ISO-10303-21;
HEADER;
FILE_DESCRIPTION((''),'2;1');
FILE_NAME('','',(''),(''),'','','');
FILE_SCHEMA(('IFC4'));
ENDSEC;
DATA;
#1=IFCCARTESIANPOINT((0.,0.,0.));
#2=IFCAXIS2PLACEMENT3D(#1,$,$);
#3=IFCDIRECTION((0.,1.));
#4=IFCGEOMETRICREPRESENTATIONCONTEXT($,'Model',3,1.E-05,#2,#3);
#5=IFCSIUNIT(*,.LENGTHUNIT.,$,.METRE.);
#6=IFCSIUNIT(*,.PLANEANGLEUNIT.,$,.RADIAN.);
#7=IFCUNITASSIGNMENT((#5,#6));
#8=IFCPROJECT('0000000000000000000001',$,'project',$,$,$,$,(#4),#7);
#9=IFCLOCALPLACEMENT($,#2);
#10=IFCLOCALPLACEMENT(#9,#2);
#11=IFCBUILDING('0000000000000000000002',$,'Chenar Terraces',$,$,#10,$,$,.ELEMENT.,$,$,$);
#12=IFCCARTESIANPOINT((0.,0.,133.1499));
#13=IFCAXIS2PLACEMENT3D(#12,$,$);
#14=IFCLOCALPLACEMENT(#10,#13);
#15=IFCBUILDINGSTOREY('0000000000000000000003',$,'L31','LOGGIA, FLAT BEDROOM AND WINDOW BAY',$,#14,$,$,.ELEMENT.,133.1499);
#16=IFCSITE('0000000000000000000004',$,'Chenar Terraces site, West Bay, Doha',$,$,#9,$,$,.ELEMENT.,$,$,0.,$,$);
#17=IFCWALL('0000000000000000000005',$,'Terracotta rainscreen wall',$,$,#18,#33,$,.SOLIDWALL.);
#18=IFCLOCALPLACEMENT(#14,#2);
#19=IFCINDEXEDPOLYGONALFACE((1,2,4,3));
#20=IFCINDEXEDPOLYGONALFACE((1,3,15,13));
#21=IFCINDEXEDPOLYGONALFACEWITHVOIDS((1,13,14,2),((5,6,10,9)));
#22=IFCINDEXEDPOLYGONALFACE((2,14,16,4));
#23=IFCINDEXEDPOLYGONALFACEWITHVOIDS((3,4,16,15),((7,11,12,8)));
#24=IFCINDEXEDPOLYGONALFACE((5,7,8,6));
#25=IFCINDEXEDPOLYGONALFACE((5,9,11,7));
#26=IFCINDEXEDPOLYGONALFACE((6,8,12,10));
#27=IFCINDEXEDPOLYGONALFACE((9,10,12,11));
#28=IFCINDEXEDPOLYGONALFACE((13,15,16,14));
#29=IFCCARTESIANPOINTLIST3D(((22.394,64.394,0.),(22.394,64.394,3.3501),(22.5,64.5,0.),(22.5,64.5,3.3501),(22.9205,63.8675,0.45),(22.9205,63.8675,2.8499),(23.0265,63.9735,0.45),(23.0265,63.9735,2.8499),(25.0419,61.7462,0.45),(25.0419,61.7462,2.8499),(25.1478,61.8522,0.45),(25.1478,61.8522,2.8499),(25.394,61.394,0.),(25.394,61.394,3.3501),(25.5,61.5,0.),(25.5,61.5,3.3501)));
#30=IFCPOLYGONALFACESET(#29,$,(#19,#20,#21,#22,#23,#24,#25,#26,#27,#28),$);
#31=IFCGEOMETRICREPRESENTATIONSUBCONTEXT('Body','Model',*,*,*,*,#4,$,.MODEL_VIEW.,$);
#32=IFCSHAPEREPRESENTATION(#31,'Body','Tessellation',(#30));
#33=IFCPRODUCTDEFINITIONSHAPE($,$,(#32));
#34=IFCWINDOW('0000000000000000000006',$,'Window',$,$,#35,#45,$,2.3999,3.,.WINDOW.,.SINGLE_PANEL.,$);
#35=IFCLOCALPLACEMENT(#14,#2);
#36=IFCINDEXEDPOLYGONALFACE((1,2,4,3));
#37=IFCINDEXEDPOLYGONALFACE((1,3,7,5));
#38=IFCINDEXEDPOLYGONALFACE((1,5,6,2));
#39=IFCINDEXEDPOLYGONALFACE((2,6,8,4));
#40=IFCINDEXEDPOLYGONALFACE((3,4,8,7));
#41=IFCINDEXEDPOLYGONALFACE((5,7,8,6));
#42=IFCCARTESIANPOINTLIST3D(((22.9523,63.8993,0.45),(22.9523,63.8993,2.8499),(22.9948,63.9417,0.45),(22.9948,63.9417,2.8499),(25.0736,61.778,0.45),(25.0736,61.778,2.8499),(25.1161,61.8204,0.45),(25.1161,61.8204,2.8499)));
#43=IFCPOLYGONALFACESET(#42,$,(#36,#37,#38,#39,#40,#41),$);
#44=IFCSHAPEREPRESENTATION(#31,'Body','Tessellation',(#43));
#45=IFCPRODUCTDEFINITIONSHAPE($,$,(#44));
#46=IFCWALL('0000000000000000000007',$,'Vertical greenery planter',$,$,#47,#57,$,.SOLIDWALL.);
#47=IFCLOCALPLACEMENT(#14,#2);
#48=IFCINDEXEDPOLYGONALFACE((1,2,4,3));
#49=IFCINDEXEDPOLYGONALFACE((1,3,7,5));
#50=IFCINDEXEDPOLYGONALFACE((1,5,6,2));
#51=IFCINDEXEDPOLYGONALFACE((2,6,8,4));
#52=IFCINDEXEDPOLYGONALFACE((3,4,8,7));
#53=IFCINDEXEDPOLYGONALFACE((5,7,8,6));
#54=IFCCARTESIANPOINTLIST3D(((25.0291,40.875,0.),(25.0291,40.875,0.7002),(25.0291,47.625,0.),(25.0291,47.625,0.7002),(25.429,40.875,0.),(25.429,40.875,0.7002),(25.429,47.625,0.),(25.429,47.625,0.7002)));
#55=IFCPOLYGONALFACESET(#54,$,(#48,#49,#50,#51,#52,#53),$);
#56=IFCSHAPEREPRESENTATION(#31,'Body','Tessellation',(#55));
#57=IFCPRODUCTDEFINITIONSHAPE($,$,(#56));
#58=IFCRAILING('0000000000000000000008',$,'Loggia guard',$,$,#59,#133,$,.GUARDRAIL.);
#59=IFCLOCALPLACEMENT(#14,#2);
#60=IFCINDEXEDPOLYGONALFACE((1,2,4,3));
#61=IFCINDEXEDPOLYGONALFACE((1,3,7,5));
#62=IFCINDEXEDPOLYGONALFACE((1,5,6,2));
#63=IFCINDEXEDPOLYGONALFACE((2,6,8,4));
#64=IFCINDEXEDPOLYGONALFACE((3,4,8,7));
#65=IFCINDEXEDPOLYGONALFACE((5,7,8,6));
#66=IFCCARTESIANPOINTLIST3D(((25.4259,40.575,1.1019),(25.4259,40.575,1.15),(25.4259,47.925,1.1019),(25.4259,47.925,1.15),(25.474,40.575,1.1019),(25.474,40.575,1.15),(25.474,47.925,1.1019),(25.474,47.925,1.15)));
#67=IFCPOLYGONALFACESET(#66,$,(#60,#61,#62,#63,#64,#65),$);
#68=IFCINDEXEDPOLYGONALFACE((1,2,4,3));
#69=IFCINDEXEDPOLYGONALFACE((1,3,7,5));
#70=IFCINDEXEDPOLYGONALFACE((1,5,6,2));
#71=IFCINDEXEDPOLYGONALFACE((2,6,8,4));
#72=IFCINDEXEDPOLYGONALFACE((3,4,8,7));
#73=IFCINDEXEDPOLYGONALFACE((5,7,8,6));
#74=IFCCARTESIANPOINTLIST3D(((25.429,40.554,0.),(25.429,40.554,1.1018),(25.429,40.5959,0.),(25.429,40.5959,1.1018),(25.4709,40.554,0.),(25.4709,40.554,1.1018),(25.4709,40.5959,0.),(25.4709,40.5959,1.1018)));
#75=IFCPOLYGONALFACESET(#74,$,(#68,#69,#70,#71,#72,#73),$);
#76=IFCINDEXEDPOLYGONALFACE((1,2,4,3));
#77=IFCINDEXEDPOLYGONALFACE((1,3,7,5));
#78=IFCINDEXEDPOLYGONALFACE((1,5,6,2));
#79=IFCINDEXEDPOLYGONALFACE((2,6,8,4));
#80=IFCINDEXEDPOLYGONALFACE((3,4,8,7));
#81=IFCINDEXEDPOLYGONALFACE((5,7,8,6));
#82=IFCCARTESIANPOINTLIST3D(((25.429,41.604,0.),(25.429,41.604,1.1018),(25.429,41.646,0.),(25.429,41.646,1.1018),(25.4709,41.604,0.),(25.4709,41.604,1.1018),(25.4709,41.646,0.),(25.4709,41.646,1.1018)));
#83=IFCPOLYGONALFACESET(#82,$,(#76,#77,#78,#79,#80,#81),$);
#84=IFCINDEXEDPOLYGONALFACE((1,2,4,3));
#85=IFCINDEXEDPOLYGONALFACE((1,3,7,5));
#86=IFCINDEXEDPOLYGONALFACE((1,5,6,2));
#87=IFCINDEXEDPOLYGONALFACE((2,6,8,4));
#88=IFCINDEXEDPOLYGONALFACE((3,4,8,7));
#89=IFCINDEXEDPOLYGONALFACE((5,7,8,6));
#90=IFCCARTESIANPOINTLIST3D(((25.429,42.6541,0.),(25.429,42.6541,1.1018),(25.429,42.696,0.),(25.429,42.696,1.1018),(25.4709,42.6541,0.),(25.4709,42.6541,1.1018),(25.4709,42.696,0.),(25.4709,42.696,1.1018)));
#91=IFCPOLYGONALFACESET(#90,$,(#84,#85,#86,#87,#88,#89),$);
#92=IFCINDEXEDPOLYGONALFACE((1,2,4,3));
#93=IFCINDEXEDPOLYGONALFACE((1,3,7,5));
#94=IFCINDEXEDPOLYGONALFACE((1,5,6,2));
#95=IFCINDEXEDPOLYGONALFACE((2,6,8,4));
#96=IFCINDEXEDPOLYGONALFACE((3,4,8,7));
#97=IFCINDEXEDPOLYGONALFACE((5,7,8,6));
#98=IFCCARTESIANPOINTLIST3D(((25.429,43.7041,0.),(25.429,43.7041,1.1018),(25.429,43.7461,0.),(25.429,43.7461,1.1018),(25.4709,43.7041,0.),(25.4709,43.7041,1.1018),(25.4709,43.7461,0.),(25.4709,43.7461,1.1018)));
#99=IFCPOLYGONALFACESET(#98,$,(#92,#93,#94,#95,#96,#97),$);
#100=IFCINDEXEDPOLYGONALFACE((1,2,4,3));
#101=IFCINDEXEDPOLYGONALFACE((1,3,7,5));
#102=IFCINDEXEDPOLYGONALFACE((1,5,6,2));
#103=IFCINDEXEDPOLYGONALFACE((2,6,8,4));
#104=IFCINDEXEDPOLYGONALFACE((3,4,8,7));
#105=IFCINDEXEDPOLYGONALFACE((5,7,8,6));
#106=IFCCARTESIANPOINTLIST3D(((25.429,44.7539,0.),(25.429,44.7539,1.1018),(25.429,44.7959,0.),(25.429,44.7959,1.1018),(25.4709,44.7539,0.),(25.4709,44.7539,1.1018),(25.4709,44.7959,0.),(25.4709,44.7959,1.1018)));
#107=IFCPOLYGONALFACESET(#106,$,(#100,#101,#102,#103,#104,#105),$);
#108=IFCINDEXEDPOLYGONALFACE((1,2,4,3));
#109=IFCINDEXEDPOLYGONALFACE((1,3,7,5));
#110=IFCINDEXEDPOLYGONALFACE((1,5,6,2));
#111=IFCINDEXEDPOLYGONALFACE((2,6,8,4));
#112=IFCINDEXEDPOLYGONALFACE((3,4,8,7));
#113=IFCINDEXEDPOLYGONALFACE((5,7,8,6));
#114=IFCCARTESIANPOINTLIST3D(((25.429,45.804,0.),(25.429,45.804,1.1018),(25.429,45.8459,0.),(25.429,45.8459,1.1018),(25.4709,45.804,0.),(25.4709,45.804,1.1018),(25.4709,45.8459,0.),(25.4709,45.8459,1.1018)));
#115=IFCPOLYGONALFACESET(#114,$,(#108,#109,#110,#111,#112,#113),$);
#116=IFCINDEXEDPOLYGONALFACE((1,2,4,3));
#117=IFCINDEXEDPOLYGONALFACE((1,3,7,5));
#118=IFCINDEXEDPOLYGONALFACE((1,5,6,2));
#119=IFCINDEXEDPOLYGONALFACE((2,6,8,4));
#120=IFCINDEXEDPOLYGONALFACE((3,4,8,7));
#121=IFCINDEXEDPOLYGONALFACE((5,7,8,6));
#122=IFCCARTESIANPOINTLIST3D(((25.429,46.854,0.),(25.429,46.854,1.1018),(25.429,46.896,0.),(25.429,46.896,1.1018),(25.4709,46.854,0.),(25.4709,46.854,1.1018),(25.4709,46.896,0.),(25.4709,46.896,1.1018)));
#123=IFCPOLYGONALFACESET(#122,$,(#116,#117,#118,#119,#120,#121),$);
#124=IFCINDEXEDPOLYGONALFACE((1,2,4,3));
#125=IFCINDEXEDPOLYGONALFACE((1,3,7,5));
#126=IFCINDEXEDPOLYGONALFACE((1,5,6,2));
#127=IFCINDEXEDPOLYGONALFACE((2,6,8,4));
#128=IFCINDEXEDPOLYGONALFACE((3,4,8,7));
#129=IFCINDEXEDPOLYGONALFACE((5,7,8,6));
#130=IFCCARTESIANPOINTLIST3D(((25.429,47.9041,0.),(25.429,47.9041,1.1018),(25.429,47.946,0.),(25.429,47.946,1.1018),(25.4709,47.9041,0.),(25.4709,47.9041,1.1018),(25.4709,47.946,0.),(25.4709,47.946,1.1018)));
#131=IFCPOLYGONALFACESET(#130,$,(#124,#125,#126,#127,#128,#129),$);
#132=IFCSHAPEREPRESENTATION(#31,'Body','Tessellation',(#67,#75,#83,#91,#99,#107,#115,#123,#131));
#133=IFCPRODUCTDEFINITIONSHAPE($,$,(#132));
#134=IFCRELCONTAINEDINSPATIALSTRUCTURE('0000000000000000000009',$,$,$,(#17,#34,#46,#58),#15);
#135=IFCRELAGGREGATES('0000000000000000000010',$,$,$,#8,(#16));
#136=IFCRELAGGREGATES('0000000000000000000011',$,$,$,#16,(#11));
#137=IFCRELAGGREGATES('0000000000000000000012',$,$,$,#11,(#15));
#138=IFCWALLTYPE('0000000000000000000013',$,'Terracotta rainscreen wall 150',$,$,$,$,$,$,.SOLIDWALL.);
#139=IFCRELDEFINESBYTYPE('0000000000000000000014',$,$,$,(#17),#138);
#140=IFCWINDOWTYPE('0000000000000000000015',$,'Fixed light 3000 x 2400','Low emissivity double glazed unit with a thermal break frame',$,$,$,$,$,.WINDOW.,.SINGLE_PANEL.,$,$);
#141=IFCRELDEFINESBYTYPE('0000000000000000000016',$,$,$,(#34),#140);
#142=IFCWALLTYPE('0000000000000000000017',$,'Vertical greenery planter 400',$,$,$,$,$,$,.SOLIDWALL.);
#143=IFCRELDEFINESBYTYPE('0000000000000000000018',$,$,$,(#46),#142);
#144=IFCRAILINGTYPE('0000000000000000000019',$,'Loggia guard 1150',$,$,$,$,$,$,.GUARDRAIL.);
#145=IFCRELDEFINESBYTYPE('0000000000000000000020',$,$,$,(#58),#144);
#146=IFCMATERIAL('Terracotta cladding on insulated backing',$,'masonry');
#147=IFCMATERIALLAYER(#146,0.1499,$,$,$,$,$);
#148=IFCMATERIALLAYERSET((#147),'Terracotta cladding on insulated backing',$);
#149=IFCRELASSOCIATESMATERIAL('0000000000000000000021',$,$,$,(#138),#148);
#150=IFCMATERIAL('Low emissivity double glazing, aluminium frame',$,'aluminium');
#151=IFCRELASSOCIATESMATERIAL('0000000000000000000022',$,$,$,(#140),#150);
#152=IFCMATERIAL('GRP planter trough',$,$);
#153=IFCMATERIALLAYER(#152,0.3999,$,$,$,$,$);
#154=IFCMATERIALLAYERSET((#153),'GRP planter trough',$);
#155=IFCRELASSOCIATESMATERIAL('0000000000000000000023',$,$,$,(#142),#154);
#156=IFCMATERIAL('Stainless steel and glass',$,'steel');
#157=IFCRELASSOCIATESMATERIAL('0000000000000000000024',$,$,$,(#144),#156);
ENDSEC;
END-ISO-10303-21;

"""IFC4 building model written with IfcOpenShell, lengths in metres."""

from ifc_helpers import new_model, si_unit, direction, frame, frame_2d, origin, origin_2d, place, context, subcontext, project, spatial, rectangle, extrude, material, layer, layer_set, type_object, element, fill, save


model = new_model("IFC4")

# Units and contexts
model_context = context("Model", 3, precision=1e-05, world=origin(), true_north=direction((0.0, 1.0)))
body_context = subcontext(model_context, "Body", "Model", "MODEL_VIEW")
ifc_project = project(units=[si_unit("LENGTHUNIT", "METRE"), si_unit("PLANEANGLEUNIT", "RADIAN")], contexts=[model_context])

# Site, building, storey
site_placement = place(None, origin())
site = spatial("IfcSite", under=ifc_project, at=site_placement, Name="Chenar Terraces site, West Bay, Doha", CompositionType="ELEMENT", RefElevation=0.0)
building_placement = place(site_placement, origin())
building = spatial("IfcBuilding", under=site, at=building_placement, Name="Chenar Terraces", CompositionType="ELEMENT")
storey_placement = place(building_placement, frame((0.0, 0.0, 133.1499)))
storey = spatial("IfcBuildingStorey", under=building, at=storey_placement, Name="L31", Description="LOGGIA, FLAT BEDROOM AND WINDOW BAY", CompositionType="ELEMENT", Elevation=133.1499)

# Wall, opening, window
ifc_material_1 = material(Name="Terracotta cladding on insulated backing", Category="masonry")
ifc_layer_1 = layer(ifc_material_1, 0.1499)
ifc_layer_set_1 = layer_set([ifc_layer_1], Name="Terracotta cladding on insulated backing")
wall_type_1 = type_object("IfcWallType", Name="Terracotta rainscreen wall 150", PredefinedType="SOLIDWALL", material=ifc_layer_set_1)
ifc_material_2 = material(Name="Low emissivity double glazing, aluminium frame", Category="aluminium")
window_type_1 = type_object("IfcWindowType", Name="Fixed light 3000 x 2400", Description="Low emissivity double glazed unit with a thermal break frame", PartitioningType="SINGLE_PANEL", PredefinedType="WINDOW", material=ifc_material_2)
wall_1_placement = place(storey_placement, frame((25.447, 61.447, 0.0), z_axis=(0.0, 0.0, 1.0), x_axis=(-0.707107, 0.707107, 0.0)))
wall_1 = element("IfcWall", 1, at=wall_1_placement, inside=storey, type_object=wall_type_1, Name="Terracotta rainscreen wall", PredefinedType="SOLIDWALL", context=body_context, shape_type="SweptSolid", body=[
    extrude(rectangle(XDim=4.2427, YDim=0.1499, at=frame_2d((2.1213, 0.0))), origin(), (0.0, 0.0, 1.0), 3.3501),
])
opening_1_placement = place(wall_1_placement, frame((0.498, 0.0, 0.45)))
opening_1 = element("IfcOpeningElement", 2, at=opening_1_placement, cuts=wall_1, PredefinedType="OPENING", context=body_context, shape_type="SweptSolid", body=[
    extrude(rectangle(XDim=3.0, YDim=2.3999, at=frame_2d((1.5, 1.2))), frame((0.0, 0.085, 0.0), z_axis=(0.0, -1.0, 0.0), x_axis=(1.0, 0.0, 0.0)), (0.0, 0.0, 1.0), 0.1699),
])
window_1_placement = place(opening_1_placement, origin())
window_1 = element("IfcWindow", 3, at=window_1_placement, inside=storey, type_object=window_type_1, Name="Window", OverallHeight=2.3999, OverallWidth=3.0, PartitioningType="SINGLE_PANEL", PredefinedType="WINDOW", context=body_context, shape_type="SweptSolid", body=[
    extrude(rectangle(XDim=3.0, YDim=2.3999, at=frame_2d((1.5, 1.2))), frame((0.0, 0.03, 0.0), z_axis=(0.0, -1.0, 0.0), x_axis=(1.0, 0.0, 0.0)), (0.0, 0.0, 1.0), 0.0601),
])
fill(opening_1, window_1)

# Wall
ifc_material_3 = material(Name="GRP planter trough")
ifc_layer_2 = layer(ifc_material_3, 0.3999)
ifc_layer_set_2 = layer_set([ifc_layer_2], Name="GRP planter trough")
wall_type_2 = type_object("IfcWallType", Name="Vertical greenery planter 400", PredefinedType="SOLIDWALL", material=ifc_layer_set_2)
wall_2_placement = place(storey_placement, frame((25.229, 40.875, 0.0), z_axis=(0.0, 0.0, 1.0), x_axis=(0.0, 1.0, 0.0)))
element("IfcWall", 4, at=wall_2_placement, inside=storey, type_object=wall_type_2, Name="Vertical greenery planter", PredefinedType="SOLIDWALL", context=body_context, shape_type="SweptSolid", body=[
    extrude(rectangle(XDim=6.75, YDim=0.3999, at=frame_2d((3.375, 0.0))), origin(), (0.0, 0.0, 1.0), 0.7002),
])

# Railing
ifc_material_4 = material(Name="Stainless steel and glass", Category="steel")
railing_type = type_object("IfcRailingType", Name="Loggia guard 1150", PredefinedType="GUARDRAIL", material=ifc_material_4)
railing_placement = place(storey_placement, frame((25.45, 40.575, 0.0)))
element("IfcRailing", 5, at=railing_placement, inside=storey, type_object=railing_type, Name="Loggia guard", PredefinedType="GUARDRAIL", context=body_context, shape_type="SweptSolid", body=[
    extrude(rectangle(XDim=0.0481, YDim=0.0481, at=origin_2d()), frame((0.0, 0.0, 1.126), z_axis=(0.0, 1.0, 0.0), x_axis=(-1.0, 0.0, 0.0)), (0.0, 0.0, 1.0), 7.3501),
    extrude(rectangle(XDim=0.042, YDim=0.042, at=origin_2d()), origin(), (0.0, 0.0, 1.0), 1.1018),
    extrude(rectangle(XDim=0.042, YDim=0.042, at=origin_2d()), frame((0.0, 1.05, 0.0)), (0.0, 0.0, 1.0), 1.1018),
    extrude(rectangle(XDim=0.042, YDim=0.042, at=origin_2d()), frame((0.0, 2.1001, 0.0)), (0.0, 0.0, 1.0), 1.1018),
    extrude(rectangle(XDim=0.042, YDim=0.042, at=origin_2d()), frame((0.0, 3.1501, 0.0)), (0.0, 0.0, 1.0), 1.1018),
    extrude(rectangle(XDim=0.042, YDim=0.042, at=origin_2d()), frame((0.0, 4.2, 0.0)), (0.0, 0.0, 1.0), 1.1018),
    extrude(rectangle(XDim=0.042, YDim=0.042, at=origin_2d()), frame((0.0, 5.25, 0.0)), (0.0, 0.0, 1.0), 1.1018),
    extrude(rectangle(XDim=0.042, YDim=0.042, at=origin_2d()), frame((0.0, 6.3, 0.0)), (0.0, 0.0, 1.0), 1.1018),
    extrude(rectangle(XDim=0.042, YDim=0.042, at=origin_2d()), frame((0.0, 7.3501, 0.0)), (0.0, 0.0, 1.0), 1.1018),
])

save(model, "model.ifc")
